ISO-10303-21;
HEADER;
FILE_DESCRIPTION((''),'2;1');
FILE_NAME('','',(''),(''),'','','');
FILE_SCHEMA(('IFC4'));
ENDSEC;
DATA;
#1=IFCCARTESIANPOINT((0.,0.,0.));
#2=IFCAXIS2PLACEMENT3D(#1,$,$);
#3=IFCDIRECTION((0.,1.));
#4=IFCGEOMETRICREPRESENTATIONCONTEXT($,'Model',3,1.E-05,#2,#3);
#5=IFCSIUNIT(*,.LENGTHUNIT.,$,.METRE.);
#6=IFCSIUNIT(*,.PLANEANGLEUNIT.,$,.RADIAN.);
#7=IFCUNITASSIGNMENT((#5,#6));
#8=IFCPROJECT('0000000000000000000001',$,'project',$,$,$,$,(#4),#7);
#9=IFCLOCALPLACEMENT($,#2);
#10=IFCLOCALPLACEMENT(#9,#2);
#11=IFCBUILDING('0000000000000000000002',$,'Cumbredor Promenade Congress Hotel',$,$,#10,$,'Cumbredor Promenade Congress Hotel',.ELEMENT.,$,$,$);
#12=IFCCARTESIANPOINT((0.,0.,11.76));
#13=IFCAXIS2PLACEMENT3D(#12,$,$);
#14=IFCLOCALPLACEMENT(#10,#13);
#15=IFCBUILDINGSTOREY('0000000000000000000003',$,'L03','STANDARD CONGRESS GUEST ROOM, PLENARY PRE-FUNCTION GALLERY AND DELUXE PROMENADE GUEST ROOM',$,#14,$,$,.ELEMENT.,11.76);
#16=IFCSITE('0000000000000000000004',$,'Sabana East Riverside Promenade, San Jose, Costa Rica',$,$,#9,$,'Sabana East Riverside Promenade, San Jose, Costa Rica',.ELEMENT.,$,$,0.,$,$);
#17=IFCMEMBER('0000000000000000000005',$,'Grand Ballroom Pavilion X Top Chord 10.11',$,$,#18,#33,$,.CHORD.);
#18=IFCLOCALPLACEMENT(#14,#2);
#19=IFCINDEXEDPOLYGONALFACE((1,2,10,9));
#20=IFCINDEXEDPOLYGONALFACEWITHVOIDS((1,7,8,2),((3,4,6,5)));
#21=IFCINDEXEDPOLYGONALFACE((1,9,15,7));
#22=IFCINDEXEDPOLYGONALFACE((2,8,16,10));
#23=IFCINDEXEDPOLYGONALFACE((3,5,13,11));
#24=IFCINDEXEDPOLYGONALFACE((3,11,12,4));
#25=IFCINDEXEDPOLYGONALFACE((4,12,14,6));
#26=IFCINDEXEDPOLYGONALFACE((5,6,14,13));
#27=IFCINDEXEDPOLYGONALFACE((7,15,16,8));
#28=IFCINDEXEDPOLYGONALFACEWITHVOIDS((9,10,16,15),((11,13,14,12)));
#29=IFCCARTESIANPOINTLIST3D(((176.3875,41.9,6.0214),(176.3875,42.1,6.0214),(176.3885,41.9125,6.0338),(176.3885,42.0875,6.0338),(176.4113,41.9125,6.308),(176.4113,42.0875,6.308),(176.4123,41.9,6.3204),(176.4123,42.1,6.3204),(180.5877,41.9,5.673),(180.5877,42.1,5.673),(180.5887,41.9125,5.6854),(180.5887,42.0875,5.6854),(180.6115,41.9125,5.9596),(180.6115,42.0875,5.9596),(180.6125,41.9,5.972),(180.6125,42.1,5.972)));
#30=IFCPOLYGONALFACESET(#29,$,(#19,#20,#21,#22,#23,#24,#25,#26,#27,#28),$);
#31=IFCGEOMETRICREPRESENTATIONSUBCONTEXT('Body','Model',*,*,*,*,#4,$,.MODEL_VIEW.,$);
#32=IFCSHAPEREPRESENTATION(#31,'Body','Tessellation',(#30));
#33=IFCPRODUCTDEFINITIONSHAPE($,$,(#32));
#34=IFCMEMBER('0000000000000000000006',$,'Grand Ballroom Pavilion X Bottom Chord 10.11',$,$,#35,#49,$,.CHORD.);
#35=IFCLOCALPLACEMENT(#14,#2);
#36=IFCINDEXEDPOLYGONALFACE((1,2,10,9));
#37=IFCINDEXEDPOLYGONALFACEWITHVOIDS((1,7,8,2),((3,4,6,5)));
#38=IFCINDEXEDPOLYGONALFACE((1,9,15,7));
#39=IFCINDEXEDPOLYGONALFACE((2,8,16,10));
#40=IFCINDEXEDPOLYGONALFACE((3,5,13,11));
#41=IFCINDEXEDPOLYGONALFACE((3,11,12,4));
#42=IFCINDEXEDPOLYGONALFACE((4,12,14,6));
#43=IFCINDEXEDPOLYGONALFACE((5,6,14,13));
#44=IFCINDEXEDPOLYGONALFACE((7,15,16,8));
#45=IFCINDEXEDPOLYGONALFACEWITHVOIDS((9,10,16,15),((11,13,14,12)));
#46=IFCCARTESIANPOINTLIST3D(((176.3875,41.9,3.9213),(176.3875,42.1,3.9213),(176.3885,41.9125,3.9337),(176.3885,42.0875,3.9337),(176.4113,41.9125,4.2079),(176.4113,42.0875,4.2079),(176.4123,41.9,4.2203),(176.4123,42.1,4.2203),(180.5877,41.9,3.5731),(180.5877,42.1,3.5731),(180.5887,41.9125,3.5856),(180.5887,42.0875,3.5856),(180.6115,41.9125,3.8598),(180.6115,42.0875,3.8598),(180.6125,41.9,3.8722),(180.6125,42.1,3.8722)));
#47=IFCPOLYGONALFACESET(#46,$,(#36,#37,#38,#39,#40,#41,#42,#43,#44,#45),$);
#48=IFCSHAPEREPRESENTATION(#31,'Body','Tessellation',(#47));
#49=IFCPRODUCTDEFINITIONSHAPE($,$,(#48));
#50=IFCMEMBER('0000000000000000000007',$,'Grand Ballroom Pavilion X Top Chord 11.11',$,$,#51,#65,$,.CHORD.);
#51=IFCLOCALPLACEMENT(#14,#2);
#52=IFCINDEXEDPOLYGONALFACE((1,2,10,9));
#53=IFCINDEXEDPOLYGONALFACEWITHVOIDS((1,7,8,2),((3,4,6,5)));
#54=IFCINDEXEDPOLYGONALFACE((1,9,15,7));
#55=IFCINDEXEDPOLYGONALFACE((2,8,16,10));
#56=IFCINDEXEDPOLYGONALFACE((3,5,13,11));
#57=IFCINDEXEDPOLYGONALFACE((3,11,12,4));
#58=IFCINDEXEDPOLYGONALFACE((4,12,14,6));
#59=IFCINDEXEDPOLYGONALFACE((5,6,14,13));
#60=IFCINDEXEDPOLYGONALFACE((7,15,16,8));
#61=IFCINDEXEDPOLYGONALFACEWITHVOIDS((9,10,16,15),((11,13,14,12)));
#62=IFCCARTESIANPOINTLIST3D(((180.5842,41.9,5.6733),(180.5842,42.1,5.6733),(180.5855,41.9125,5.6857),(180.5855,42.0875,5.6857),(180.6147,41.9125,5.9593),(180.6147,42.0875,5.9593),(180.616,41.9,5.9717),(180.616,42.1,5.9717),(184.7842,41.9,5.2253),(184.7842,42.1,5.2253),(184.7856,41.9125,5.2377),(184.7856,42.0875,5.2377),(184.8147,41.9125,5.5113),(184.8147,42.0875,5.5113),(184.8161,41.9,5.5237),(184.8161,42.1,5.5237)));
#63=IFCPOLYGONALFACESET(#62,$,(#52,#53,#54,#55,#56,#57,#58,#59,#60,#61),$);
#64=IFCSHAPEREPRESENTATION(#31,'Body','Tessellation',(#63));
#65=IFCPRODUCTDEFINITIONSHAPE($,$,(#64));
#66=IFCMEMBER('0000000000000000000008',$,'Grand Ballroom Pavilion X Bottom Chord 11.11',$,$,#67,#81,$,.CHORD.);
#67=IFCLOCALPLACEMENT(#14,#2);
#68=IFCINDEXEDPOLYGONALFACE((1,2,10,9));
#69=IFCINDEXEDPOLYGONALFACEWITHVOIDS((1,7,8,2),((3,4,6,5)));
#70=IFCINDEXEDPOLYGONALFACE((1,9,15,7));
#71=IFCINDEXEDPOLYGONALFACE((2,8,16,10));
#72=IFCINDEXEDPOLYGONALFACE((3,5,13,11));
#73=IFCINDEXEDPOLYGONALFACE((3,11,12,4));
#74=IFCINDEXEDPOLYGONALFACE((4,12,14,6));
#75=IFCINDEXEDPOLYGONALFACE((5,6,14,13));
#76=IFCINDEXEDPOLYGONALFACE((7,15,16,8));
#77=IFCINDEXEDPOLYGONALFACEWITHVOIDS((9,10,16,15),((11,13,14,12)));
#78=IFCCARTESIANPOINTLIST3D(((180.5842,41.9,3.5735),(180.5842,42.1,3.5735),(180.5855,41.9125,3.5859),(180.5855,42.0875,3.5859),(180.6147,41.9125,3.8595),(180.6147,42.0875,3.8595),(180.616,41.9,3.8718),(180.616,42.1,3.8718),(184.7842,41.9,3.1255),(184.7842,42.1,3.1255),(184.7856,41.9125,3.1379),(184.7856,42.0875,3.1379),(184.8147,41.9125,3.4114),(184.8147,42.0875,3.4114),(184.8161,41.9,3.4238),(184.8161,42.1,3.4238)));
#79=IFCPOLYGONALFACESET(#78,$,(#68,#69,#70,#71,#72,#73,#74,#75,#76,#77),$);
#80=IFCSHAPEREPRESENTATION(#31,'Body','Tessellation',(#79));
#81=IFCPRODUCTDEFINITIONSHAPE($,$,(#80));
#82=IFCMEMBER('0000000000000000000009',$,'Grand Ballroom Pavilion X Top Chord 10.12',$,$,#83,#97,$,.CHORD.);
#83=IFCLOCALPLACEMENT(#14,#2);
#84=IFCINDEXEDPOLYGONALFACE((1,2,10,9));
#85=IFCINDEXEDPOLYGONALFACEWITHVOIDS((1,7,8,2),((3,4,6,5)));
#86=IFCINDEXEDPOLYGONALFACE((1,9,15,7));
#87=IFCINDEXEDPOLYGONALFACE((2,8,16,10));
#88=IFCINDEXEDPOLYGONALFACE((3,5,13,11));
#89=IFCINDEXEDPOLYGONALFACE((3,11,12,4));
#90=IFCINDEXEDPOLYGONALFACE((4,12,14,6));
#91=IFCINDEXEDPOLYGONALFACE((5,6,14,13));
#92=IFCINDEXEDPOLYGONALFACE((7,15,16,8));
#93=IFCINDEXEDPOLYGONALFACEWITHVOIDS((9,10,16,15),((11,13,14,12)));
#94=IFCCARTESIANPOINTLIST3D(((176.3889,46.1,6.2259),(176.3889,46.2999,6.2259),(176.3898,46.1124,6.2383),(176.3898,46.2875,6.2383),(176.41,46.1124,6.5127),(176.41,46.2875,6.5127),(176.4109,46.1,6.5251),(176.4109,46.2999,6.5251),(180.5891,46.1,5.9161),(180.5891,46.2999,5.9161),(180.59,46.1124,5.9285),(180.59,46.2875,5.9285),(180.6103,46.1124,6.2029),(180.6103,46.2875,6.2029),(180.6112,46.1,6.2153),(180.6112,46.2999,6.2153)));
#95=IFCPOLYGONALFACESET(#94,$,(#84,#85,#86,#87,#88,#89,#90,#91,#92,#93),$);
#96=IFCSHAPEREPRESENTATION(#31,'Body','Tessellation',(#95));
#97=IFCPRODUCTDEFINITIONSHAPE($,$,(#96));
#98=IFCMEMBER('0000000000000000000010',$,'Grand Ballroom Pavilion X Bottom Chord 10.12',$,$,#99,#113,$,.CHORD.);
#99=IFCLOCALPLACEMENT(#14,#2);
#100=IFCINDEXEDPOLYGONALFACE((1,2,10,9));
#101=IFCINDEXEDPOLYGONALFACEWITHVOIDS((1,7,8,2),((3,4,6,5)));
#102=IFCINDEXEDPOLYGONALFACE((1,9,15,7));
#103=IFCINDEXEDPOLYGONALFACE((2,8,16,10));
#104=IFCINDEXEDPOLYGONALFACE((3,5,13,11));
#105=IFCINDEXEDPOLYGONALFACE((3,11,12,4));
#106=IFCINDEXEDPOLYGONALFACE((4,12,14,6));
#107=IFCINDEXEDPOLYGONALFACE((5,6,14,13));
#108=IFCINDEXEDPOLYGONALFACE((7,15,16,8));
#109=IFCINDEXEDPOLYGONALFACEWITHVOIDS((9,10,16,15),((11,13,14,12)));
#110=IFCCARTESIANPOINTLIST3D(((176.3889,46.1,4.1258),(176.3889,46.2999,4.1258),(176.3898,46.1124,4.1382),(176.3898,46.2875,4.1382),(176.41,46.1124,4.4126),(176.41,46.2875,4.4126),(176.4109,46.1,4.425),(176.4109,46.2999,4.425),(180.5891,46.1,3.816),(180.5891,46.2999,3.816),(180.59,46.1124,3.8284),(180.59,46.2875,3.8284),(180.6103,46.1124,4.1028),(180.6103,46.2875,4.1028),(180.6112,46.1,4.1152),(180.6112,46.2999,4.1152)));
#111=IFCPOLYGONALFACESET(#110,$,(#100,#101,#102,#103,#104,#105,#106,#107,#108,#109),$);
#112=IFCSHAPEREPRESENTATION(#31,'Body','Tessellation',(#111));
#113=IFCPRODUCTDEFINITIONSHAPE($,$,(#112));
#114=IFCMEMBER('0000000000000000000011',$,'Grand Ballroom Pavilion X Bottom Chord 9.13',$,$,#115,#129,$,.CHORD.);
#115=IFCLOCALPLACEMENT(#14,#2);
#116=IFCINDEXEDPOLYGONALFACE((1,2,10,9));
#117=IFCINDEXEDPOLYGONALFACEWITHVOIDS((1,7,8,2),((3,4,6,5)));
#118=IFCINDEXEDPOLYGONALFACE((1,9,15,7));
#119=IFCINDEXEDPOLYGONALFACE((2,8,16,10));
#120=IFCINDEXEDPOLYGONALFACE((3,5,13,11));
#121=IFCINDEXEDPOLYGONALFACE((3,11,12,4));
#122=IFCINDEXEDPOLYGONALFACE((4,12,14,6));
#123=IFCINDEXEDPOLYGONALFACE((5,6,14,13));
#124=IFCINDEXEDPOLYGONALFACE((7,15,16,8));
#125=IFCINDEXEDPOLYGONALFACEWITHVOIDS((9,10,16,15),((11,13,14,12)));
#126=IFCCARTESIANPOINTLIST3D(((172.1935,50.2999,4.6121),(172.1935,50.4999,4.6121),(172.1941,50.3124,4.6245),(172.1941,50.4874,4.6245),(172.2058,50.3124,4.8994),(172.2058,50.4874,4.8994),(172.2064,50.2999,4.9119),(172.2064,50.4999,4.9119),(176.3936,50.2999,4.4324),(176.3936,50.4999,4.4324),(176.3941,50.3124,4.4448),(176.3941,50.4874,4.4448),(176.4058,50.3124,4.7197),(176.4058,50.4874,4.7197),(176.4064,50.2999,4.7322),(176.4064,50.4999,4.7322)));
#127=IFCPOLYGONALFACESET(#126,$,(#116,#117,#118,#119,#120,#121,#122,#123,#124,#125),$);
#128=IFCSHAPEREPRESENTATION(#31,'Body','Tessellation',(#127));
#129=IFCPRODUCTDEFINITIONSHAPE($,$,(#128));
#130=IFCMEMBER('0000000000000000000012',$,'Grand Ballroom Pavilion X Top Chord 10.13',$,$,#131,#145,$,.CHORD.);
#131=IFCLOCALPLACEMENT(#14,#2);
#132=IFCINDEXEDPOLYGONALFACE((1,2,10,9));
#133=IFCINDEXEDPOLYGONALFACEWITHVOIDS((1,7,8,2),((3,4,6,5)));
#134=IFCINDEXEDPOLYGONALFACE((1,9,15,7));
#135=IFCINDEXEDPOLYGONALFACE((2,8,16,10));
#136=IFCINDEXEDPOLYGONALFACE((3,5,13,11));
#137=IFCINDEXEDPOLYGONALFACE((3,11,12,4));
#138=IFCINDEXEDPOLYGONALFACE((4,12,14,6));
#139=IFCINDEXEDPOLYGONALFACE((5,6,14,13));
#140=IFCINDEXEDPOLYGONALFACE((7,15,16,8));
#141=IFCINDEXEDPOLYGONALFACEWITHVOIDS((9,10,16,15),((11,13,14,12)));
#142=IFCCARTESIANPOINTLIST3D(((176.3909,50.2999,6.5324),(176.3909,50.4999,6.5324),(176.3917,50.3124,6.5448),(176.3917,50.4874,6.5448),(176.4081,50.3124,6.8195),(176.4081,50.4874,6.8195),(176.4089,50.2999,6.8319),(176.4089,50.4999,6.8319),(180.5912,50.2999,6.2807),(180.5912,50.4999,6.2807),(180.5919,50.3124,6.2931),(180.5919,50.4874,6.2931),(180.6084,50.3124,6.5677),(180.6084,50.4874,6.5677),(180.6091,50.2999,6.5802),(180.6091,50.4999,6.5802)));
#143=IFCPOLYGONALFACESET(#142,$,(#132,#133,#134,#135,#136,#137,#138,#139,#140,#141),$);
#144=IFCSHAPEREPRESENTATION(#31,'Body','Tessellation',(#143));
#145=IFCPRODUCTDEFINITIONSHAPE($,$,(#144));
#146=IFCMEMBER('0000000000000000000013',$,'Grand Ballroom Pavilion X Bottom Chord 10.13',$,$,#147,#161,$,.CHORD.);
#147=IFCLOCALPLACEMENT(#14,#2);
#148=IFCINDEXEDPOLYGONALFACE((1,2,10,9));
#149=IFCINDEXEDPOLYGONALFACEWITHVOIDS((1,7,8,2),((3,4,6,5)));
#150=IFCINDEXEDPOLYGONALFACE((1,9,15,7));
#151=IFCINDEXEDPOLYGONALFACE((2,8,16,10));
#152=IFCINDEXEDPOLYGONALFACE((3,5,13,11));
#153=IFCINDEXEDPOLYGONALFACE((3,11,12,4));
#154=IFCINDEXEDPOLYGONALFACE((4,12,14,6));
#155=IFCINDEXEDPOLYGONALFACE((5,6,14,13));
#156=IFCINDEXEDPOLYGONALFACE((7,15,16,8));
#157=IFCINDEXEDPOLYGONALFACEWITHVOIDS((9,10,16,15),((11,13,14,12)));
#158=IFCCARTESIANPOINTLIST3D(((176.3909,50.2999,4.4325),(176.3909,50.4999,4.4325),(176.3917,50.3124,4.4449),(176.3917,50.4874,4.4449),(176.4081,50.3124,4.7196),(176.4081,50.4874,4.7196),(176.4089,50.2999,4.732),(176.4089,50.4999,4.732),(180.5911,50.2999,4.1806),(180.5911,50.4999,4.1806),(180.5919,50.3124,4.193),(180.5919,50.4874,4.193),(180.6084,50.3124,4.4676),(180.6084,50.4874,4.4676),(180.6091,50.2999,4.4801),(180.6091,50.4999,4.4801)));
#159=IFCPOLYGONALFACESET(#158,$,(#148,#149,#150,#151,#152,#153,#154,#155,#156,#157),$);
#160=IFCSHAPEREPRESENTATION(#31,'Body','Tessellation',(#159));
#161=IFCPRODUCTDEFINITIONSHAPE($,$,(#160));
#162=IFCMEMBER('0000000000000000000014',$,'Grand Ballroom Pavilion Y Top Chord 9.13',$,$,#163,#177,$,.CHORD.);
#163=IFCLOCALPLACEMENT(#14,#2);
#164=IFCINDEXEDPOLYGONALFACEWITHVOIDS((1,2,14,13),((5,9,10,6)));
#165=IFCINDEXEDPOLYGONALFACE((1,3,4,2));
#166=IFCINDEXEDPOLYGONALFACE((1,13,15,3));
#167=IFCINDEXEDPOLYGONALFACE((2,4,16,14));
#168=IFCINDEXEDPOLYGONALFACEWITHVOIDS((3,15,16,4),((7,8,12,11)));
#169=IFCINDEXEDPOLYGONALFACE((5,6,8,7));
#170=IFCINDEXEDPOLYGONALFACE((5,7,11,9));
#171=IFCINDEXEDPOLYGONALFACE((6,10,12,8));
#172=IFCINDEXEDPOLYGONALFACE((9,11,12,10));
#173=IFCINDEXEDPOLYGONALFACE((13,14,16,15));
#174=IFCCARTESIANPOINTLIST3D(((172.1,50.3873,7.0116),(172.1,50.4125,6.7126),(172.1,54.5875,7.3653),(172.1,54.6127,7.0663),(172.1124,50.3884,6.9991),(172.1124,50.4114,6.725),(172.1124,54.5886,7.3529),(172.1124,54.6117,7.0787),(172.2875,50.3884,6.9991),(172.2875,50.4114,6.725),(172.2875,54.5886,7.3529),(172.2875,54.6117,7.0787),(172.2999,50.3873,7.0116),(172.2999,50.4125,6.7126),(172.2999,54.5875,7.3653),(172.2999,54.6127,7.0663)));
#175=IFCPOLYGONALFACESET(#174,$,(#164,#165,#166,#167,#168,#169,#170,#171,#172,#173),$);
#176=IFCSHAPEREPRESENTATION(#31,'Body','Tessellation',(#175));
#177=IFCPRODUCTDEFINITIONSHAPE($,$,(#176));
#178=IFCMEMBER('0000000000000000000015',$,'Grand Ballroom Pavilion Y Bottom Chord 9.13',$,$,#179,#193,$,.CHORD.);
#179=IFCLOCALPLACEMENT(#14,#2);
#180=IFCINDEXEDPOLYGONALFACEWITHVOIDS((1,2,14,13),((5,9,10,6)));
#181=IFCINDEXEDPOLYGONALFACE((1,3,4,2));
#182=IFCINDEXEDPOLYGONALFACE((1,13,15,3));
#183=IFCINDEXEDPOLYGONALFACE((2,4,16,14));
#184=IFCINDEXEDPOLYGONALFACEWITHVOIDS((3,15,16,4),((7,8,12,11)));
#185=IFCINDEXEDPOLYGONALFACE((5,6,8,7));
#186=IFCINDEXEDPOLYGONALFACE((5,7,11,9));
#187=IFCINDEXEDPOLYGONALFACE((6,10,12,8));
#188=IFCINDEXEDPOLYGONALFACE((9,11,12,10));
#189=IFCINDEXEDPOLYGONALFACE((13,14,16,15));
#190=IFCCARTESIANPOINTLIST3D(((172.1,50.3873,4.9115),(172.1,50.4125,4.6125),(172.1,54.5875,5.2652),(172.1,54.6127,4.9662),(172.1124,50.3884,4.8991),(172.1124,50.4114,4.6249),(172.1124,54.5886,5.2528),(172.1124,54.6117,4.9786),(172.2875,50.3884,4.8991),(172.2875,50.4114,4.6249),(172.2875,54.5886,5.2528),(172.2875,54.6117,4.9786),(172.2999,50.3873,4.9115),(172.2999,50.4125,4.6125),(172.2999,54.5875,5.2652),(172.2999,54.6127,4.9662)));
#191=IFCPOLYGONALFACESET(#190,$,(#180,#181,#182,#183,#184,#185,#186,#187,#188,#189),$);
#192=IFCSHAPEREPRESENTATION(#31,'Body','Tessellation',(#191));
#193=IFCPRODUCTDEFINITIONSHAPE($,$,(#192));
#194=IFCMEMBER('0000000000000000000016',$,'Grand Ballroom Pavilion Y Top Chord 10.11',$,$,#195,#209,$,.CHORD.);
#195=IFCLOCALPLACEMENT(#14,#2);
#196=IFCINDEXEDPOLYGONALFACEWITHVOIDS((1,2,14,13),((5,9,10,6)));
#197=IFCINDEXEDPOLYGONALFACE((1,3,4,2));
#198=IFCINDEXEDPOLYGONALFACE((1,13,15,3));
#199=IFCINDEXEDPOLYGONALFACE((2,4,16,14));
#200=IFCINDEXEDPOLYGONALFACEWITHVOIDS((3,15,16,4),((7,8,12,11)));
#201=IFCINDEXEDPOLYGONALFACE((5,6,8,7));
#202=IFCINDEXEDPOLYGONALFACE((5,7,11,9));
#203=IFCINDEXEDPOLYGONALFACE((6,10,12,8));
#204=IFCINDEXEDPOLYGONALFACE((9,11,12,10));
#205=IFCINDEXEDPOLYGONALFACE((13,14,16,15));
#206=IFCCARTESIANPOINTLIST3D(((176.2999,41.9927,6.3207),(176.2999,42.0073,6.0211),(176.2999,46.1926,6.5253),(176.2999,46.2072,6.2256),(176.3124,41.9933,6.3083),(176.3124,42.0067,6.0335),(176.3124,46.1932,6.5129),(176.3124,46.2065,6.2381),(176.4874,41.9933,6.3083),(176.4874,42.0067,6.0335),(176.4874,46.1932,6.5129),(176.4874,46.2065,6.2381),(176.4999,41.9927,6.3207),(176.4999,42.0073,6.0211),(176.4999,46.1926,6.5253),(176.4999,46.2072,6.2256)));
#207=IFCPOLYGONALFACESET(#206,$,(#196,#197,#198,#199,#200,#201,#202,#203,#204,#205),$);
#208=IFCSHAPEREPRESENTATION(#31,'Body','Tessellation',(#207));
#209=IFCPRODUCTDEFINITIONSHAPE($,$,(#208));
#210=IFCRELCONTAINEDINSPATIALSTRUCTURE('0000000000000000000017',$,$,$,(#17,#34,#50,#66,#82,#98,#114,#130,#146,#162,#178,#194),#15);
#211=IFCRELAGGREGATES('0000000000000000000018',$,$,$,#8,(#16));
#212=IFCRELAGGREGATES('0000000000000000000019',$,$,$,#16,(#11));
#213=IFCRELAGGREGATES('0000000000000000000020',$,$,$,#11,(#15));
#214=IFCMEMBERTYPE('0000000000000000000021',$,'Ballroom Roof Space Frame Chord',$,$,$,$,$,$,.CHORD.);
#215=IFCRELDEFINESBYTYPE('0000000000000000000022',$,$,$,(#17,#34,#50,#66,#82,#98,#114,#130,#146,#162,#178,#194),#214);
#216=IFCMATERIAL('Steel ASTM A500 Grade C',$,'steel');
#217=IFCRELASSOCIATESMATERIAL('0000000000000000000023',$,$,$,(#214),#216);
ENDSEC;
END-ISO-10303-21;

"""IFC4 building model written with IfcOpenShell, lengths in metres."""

from ifc_helpers import new_model, si_unit, direction, frame, origin, origin_2d, place, context, subcontext, project, spatial, hollow_rectangle, extrude, material, material_profile, profile_set, type_object, element, save


model = new_model("IFC4")

# Units and contexts
model_context = context("Model", 3, precision=1e-05, world=origin(), true_north=direction((0.0, 1.0)))
body_context = subcontext(model_context, "Body", "Model", "MODEL_VIEW")
ifc_project = project(units=[si_unit("LENGTHUNIT", "METRE"), si_unit("PLANEANGLEUNIT", "RADIAN")], contexts=[model_context])

# Site, building, storey
site_placement = place(None, origin())
site = spatial("IfcSite", under=ifc_project, at=site_placement, Name="Sabana East Riverside Promenade, San Jose, Costa Rica", LongName="Sabana East Riverside Promenade, San Jose, Costa Rica", CompositionType="ELEMENT", RefElevation=0.0)
building_placement = place(site_placement, origin())
building = spatial("IfcBuilding", under=site, at=building_placement, Name="Cumbredor Promenade Congress Hotel", LongName="Cumbredor Promenade Congress Hotel", CompositionType="ELEMENT")
storey_placement = place(building_placement, frame((0.0, 0.0, 11.76)))
storey = spatial("IfcBuildingStorey", under=building, at=storey_placement, Name="L03", Description="STANDARD CONGRESS GUEST ROOM, PLENARY PRE-FUNCTION GALLERY AND DELUXE PROMENADE GUEST ROOM", CompositionType="ELEMENT", Elevation=11.76)

# Members
ifc_material_1 = material(Name="Steel ASTM A500 Grade C", Category="steel")
ifc_material_profile_1 = material_profile(ifc_material_1, hollow_rectangle(XDim=0.2, YDim=0.3, WallThickness=0.0125, at=origin_2d()), Name="HSS 300x200x12.5")
ifc_profile_set_1 = profile_set([ifc_material_profile_1], Name="Steel ASTM A500 Grade C")
member_type_1 = type_object("IfcMemberType", Name="Ballroom Roof Space Frame Chord", PredefinedType="CHORD", material=ifc_profile_set_1)
for number, where, z_axis, x_axis, name in (
    (1, (176.3999, 42.0, 6.1709), (0.996578, 0.0, -0.082662), (0.0, 1.0, 0.0), "Grand Ballroom Pavilion X Top Chord 10.11"),
    (2, (176.3999, 42.0, 4.0708), (0.996582, 0.0, -0.082604), (0.0, 1.0, 0.0), "Grand Ballroom Pavilion X Bottom Chord 10.11"),
):
    element("IfcMember", number, at=place(storey_placement, frame(where, z_axis=z_axis, x_axis=x_axis)), inside=storey, type_object=member_type_1, Name=name, PredefinedType="CHORD", context=body_context, shape_type="SweptSolid", body=[
        extrude(hollow_rectangle(XDim=0.2, YDim=0.3, WallThickness=0.0125, at=origin_2d()), origin(), (0.0, 0.0, 1.0), 4.2146),
    ])
for number, where, z_axis, x_axis, name in (
    (3, (180.6001, 42.0, 5.8225), (0.994359, 0.0, -0.106066), (0.0, 1.0, 0.0), "Grand Ballroom Pavilion X Top Chord 11.11"),
    (4, (180.6001, 42.0, 3.7227), (0.994359, 0.0, -0.106066), (0.0, 1.0, 0.0), "Grand Ballroom Pavilion X Bottom Chord 11.11"),
):
    element("IfcMember", number, at=place(storey_placement, frame(where, z_axis=z_axis, x_axis=x_axis)), inside=storey, type_object=member_type_1, Name=name, PredefinedType="CHORD", context=body_context, shape_type="SweptSolid", body=[
        extrude(hollow_rectangle(XDim=0.2, YDim=0.3, WallThickness=0.0125, at=origin_2d()), origin(), (0.0, 0.0, 1.0), 4.2239),
    ])
for number, where, z_axis, x_axis, name in (
    (5, (176.3999, 46.2, 6.3755), (0.997291, 0.0, -0.073562), (0.0, 1.0, 0.0), "Grand Ballroom Pavilion X Top Chord 10.12"),
    (6, (176.3999, 46.2, 4.2754), (0.997291, 0.0, -0.073562), (0.0, 1.0, 0.0), "Grand Ballroom Pavilion X Bottom Chord 10.12"),
):
    element("IfcMember", number, at=place(storey_placement, frame(where, z_axis=z_axis, x_axis=x_axis)), inside=storey, type_object=member_type_1, Name=name, PredefinedType="CHORD", context=body_context, shape_type="SweptSolid", body=[
        extrude(hollow_rectangle(XDim=0.2, YDim=0.3, WallThickness=0.0125, at=origin_2d()), origin(), (0.0, 0.0, 1.0), 4.2117),
    ])
member_1_placement = place(storey_placement, frame((172.2, 50.3999, 4.762), z_axis=(0.999086, 0.0, -0.042744), x_axis=(0.0, 1.0, 0.0)))
element("IfcMember", 7, at=member_1_placement, inside=storey, type_object=member_type_1, Name="Grand Ballroom Pavilion X Bottom Chord 9.13", PredefinedType="CHORD", context=body_context, shape_type="SweptSolid", body=[
    extrude(hollow_rectangle(XDim=0.2, YDim=0.3, WallThickness=0.0125, at=origin_2d()), origin(), (0.0, 0.0, 1.0), 4.2039),
])
for number, where, z_axis, x_axis, name in (
    (8, (176.3999, 50.3999, 6.6821), (0.998209, 0.0, -0.059821), (0.0, 1.0, 0.0), "Grand Ballroom Pavilion X Top Chord 10.13"),
    (9, (176.3999, 50.3999, 4.5823), (0.998206, 0.0, -0.059878), (0.0, 1.0, 0.0), "Grand Ballroom Pavilion X Bottom Chord 10.13"),
):
    element("IfcMember", number, at=place(storey_placement, frame(where, z_axis=z_axis, x_axis=x_axis)), inside=storey, type_object=member_type_1, Name=name, PredefinedType="CHORD", context=body_context, shape_type="SweptSolid", body=[
        extrude(hollow_rectangle(XDim=0.2, YDim=0.3, WallThickness=0.0125, at=origin_2d()), origin(), (0.0, 0.0, 1.0), 4.2078),
    ])
for number, where, z_axis, x_axis, name in (
    (10, (172.2, 50.3999, 6.8621), (0.0, 0.996472, 0.083927), (-1.0, 0.0, 0.0), "Grand Ballroom Pavilion Y Top Chord 9.13"),
    (11, (172.2, 50.3999, 4.762), (0.0, 0.996472, 0.083927), (-1.0, 0.0, 0.0), "Grand Ballroom Pavilion Y Bottom Chord 9.13"),
):
    element("IfcMember", number, at=place(storey_placement, frame(where, z_axis=z_axis, x_axis=x_axis)), inside=storey, type_object=member_type_1, Name=name, PredefinedType="CHORD", context=body_context, shape_type="SweptSolid", body=[
        extrude(hollow_rectangle(XDim=0.2, YDim=0.3, WallThickness=0.0125, at=origin_2d()), origin(), (0.0, 0.0, 1.0), 4.2151),
    ])
for number, where, z_axis, x_axis, name in (
    (12, (176.3999, 42.0, 6.1709), (0.0, 0.998816, 0.048655), (-1.0, 0.0, 0.0), "Grand Ballroom Pavilion Y Top Chord 10.11"),
):
    element("IfcMember", number, at=place(storey_placement, frame(where, z_axis=z_axis, x_axis=x_axis)), inside=storey, type_object=member_type_1, Name=name, PredefinedType="CHORD", context=body_context, shape_type="SweptSolid", body=[
        extrude(hollow_rectangle(XDim=0.2, YDim=0.3, WallThickness=0.0125, at=origin_2d()), origin(), (0.0, 0.0, 1.0), 4.2048),
    ])

save(model, "model.ifc")
